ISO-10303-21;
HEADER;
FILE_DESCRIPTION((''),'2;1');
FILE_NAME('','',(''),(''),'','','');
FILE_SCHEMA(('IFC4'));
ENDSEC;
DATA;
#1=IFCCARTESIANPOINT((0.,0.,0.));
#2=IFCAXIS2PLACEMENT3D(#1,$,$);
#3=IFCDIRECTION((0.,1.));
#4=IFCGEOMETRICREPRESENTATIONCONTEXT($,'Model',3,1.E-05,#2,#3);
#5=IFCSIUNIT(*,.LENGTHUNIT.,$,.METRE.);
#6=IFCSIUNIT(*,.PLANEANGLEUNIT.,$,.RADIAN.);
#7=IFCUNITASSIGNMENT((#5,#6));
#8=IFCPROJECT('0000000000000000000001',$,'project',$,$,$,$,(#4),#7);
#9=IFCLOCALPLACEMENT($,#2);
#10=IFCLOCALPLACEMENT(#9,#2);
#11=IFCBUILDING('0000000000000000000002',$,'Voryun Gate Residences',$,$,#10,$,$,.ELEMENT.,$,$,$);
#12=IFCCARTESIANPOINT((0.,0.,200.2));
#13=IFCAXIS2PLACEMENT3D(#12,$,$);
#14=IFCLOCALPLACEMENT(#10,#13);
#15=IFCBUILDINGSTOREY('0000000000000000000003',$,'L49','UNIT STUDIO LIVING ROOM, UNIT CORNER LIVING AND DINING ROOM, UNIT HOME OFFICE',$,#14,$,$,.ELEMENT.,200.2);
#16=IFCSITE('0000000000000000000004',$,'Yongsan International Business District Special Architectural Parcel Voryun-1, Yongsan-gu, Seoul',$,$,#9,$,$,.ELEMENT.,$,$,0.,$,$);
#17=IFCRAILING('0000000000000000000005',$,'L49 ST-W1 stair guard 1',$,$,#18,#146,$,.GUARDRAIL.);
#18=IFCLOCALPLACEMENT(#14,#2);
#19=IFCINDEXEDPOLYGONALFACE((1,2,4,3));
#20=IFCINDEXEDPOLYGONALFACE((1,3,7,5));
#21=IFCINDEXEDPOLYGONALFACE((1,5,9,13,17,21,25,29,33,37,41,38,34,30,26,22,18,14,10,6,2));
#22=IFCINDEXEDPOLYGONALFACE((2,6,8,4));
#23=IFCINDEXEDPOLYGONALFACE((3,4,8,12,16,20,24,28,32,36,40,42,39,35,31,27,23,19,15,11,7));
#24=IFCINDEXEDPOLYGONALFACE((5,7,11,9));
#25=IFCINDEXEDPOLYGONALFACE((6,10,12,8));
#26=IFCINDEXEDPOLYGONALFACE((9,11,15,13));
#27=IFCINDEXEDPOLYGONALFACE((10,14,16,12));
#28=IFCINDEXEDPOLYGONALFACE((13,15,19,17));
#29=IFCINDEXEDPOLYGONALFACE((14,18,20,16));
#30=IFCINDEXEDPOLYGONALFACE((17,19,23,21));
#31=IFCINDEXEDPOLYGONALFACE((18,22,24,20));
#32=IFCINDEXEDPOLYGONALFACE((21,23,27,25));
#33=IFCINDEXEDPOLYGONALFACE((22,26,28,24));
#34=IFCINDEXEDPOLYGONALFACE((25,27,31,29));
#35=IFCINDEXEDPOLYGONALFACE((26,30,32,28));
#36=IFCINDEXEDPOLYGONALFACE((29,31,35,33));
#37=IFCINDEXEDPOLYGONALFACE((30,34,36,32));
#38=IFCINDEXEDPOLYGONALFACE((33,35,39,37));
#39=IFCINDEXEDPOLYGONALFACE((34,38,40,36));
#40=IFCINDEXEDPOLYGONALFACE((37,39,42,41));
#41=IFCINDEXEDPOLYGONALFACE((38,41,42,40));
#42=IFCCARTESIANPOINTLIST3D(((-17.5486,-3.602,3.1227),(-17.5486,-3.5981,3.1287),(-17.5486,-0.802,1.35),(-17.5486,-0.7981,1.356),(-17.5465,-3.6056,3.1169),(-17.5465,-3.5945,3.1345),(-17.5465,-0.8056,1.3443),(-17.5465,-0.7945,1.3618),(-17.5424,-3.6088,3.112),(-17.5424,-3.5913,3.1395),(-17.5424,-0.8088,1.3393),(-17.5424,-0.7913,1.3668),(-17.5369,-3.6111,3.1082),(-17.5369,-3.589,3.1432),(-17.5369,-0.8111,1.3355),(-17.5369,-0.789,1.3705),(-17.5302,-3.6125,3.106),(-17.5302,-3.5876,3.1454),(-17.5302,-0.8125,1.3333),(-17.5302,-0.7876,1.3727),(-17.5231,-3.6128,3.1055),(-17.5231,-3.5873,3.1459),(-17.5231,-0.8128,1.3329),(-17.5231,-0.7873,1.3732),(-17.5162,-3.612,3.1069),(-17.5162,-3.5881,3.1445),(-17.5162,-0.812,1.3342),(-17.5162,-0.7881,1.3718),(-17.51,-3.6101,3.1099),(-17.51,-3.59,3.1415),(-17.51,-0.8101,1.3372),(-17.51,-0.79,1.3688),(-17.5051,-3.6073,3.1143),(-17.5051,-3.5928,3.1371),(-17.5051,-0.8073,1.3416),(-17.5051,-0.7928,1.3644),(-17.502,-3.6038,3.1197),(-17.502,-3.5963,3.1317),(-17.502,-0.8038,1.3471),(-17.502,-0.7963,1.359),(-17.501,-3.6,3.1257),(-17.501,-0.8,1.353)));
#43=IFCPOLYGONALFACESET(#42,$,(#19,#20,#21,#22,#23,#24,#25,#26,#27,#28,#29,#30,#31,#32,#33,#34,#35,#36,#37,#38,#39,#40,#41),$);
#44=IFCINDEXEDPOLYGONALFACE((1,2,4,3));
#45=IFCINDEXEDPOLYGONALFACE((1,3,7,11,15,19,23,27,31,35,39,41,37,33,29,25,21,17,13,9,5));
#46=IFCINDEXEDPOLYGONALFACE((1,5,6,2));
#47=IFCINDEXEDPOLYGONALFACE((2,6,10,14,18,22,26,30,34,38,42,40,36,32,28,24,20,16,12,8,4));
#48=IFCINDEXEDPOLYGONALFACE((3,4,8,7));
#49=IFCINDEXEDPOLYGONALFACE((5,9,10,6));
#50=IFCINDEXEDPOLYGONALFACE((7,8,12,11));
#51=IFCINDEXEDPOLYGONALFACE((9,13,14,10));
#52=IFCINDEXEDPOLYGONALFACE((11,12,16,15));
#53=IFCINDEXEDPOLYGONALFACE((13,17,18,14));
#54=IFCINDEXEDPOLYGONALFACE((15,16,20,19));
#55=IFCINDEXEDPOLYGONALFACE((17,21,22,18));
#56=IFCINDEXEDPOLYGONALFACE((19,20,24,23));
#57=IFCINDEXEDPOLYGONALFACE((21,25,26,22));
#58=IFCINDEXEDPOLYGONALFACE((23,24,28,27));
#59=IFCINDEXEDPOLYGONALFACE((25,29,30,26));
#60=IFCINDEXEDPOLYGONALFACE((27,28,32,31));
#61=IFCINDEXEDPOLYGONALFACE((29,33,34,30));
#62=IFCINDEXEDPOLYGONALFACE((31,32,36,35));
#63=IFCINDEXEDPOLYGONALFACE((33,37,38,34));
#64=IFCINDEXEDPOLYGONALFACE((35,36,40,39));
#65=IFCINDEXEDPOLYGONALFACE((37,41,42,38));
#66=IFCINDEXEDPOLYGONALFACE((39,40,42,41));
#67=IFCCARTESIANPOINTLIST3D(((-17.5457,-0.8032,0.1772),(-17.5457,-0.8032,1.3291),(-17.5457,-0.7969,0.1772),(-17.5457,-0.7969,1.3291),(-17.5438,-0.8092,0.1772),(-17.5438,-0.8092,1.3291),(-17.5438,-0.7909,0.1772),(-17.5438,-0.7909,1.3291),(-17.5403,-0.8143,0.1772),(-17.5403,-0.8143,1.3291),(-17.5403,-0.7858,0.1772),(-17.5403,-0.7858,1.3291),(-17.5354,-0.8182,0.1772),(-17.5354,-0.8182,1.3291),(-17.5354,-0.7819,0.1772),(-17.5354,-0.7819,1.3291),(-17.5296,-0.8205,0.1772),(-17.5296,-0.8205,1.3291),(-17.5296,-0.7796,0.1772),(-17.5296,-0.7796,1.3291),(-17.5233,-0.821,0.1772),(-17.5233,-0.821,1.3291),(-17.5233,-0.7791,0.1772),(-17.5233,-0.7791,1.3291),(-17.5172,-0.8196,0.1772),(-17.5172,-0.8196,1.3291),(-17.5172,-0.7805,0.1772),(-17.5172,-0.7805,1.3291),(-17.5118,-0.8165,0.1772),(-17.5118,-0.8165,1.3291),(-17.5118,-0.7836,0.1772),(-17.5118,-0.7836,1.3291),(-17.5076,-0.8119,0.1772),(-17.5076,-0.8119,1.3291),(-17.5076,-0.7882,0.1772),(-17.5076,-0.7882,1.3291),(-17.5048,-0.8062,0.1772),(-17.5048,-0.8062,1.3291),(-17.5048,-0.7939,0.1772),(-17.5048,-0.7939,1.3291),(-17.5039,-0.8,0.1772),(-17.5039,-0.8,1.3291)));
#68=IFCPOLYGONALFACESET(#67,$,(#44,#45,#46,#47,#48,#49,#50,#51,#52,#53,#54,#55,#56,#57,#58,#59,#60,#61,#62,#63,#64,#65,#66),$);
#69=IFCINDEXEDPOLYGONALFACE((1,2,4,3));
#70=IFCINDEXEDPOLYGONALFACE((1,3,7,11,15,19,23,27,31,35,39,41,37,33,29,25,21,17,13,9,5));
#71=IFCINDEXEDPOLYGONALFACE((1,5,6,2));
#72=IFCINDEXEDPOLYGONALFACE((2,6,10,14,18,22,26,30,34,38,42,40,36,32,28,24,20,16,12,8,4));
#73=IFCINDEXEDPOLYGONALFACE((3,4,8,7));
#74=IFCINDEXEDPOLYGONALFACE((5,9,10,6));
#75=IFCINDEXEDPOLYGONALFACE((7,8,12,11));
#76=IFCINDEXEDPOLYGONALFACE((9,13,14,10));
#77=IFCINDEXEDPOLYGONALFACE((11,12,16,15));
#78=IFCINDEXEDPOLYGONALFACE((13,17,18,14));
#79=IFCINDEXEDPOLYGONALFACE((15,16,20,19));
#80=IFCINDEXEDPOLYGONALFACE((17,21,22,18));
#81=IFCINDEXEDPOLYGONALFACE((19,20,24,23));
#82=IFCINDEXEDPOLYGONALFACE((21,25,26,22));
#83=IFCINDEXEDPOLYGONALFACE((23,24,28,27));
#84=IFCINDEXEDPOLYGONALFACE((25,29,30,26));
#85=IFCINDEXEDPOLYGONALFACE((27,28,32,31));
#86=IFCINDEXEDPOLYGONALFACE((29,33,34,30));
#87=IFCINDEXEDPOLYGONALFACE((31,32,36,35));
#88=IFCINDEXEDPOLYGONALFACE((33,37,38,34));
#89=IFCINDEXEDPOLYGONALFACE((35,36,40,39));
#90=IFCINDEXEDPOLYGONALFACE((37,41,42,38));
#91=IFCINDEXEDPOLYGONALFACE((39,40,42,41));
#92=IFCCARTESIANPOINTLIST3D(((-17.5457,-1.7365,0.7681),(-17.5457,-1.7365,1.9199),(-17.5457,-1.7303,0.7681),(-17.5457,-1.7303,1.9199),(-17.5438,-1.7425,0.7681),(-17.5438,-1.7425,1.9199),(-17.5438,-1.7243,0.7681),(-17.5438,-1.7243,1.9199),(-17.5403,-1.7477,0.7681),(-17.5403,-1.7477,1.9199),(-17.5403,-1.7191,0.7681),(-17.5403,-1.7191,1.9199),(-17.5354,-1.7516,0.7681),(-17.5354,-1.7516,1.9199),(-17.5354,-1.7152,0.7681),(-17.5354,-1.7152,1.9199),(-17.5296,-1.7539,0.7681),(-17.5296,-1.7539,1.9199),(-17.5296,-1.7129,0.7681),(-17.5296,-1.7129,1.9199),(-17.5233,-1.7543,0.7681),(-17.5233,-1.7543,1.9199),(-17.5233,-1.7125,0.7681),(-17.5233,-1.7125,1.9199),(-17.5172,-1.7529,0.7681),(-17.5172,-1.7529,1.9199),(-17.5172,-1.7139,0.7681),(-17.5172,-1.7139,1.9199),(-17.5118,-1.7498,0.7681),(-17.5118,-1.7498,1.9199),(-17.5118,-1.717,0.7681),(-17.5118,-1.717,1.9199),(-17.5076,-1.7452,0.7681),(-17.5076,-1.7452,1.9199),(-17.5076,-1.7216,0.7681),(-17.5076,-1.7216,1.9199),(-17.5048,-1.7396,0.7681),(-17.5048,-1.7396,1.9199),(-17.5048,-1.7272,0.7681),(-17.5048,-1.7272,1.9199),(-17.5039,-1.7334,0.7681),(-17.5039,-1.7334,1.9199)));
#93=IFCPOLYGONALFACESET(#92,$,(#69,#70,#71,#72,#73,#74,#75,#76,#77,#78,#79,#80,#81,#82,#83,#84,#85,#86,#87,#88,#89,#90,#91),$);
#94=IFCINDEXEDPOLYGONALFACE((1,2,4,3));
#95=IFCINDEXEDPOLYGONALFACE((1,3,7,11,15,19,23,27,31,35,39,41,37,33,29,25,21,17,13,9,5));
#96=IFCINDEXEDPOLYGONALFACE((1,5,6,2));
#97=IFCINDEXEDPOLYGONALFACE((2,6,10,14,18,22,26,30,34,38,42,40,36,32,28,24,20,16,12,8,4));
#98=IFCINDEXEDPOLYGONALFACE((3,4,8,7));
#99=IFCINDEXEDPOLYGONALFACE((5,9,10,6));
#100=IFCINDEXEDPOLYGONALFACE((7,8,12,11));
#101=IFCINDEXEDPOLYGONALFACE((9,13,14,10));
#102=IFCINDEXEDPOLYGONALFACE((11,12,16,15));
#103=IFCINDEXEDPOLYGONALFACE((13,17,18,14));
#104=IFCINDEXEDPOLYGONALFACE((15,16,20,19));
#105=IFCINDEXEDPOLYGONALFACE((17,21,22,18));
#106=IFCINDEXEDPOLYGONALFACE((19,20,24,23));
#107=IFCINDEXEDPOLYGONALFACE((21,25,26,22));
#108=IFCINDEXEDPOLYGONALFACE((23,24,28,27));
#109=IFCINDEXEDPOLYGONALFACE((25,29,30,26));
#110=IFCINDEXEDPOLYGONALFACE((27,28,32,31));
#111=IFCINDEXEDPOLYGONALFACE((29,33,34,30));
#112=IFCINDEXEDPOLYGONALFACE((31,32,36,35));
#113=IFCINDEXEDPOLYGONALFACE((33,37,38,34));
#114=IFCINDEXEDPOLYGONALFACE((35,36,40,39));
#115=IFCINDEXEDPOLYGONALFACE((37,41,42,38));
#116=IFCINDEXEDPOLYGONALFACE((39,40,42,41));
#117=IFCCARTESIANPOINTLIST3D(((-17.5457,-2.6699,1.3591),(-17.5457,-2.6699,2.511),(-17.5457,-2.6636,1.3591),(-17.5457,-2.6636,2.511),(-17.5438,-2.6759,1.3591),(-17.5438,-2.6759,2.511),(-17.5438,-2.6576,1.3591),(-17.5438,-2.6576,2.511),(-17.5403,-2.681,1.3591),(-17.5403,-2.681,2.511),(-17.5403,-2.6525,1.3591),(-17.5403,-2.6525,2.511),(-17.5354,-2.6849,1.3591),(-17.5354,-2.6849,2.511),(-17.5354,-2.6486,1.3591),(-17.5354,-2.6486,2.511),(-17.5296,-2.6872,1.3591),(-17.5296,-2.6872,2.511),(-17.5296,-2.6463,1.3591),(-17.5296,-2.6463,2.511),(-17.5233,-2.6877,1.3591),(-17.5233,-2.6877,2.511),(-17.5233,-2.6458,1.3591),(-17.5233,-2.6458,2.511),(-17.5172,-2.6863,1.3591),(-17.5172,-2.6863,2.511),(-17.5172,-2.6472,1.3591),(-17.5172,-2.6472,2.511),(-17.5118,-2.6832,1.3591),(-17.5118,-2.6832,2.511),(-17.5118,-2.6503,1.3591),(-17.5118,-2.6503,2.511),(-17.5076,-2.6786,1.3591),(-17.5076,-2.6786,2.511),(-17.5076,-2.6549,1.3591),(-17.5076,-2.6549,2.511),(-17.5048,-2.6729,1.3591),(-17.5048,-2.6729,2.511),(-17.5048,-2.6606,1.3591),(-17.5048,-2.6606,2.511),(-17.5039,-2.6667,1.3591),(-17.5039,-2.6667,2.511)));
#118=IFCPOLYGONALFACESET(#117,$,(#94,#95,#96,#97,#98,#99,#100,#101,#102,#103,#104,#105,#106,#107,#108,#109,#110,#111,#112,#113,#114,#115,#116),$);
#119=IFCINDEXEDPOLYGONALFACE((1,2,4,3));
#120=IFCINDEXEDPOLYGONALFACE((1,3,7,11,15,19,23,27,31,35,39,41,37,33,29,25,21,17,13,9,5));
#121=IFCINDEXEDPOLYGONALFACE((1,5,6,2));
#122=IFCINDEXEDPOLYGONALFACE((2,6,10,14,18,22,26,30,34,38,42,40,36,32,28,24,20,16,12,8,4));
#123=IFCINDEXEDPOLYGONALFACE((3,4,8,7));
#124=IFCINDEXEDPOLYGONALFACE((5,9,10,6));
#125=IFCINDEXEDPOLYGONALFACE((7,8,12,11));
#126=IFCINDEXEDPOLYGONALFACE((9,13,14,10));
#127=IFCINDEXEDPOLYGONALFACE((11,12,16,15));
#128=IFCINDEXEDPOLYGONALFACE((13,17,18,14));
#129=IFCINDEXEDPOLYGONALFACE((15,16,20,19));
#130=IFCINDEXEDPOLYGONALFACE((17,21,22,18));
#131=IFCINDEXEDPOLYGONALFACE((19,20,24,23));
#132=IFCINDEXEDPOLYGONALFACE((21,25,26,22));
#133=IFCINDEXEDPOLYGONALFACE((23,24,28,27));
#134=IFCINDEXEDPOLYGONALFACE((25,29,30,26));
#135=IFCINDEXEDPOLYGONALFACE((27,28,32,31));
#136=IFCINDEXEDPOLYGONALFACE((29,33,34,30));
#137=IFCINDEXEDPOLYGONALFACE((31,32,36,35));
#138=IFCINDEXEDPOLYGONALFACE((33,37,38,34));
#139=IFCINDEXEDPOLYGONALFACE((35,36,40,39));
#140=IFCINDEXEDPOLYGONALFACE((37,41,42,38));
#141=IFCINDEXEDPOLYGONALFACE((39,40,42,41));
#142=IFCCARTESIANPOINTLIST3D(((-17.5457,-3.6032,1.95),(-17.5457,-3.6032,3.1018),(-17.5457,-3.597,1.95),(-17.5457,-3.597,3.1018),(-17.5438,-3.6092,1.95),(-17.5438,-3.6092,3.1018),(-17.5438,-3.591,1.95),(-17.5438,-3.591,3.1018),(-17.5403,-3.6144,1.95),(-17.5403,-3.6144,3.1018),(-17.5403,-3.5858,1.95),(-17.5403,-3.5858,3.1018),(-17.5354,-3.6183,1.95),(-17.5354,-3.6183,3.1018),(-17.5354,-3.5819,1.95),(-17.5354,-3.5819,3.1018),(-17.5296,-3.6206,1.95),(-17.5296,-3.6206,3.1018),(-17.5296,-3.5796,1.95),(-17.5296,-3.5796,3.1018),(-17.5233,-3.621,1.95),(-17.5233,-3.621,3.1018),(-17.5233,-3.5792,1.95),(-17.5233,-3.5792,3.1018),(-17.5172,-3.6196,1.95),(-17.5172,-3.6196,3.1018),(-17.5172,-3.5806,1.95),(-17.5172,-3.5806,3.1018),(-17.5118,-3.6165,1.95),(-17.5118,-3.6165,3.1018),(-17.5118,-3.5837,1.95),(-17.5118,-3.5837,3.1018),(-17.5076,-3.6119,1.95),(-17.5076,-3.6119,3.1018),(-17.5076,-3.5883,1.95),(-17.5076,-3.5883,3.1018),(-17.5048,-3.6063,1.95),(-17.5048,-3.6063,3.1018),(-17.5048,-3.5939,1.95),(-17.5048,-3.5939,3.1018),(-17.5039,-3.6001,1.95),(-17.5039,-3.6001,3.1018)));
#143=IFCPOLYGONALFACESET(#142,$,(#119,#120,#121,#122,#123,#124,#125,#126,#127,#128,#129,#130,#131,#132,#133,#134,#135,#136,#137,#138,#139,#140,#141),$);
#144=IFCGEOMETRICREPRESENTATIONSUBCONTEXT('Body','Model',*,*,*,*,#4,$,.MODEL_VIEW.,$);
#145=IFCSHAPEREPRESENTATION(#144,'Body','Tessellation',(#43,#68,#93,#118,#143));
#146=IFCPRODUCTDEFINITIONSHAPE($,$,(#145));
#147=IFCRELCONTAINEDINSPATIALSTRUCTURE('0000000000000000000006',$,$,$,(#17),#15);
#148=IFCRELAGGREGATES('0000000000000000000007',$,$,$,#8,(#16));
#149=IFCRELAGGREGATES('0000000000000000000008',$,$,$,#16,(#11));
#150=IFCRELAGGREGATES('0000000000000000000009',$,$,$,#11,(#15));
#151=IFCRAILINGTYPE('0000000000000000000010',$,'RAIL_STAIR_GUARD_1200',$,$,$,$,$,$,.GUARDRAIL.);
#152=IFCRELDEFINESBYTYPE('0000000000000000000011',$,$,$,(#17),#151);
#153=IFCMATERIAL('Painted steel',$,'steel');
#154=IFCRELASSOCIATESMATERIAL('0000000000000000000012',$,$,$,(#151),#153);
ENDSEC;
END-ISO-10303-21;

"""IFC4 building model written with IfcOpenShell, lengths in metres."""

from ifc_helpers import new_model, si_unit, direction, frame, origin, origin_2d, place, context, subcontext, project, spatial, circle, extrude, material, type_object, element, save


model = new_model("IFC4")

# Units and contexts
model_context = context("Model", 3, precision=1e-05, world=origin(), true_north=direction((0.0, 1.0)))
body_context = subcontext(model_context, "Body", "Model", "MODEL_VIEW")
ifc_project = project(units=[si_unit("LENGTHUNIT", "METRE"), si_unit("PLANEANGLEUNIT", "RADIAN")], contexts=[model_context])

# Site, building, storey
site_placement = place(None, origin())
site = spatial("IfcSite", under=ifc_project, at=site_placement, Name="Yongsan International Business District Special Architectural Parcel Voryun-1, Yongsan-gu, Seoul", CompositionType="ELEMENT", RefElevation=0.0)
building_placement = place(site_placement, origin())
building = spatial("IfcBuilding", under=site, at=building_placement, Name="Voryun Gate Residences", CompositionType="ELEMENT")
storey_placement = place(building_placement, frame((0.0, 0.0, 200.2)))
storey = spatial("IfcBuildingStorey", under=building, at=storey_placement, Name="L49", Description="UNIT STUDIO LIVING ROOM, UNIT CORNER LIVING AND DINING ROOM, UNIT HOME OFFICE", CompositionType="ELEMENT", Elevation=200.2)

# Railing
ifc_material_1 = material(Name="Painted steel", Category="steel")
railing_type_1 = type_object("IfcRailingType", Name="RAIL_STAIR_GUARD_1200", PredefinedType="GUARDRAIL", material=ifc_material_1)
railing_1_placement = place(storey_placement, frame((-17.5249, -0.8, 0.1772)))
element("IfcRailing", 1, at=railing_1_placement, inside=storey, type_object=railing_type_1, Name="L49 ST-W1 stair guard 1", PredefinedType="GUARDRAIL", context=body_context, shape_type="SweptSolid", body=[
    extrude(circle(Radius=0.0239, at=origin_2d()), frame((0.0, 0.0, 1.1758), z_axis=(0.0, -0.844909, 0.53491), x_axis=(1.0, 0.0, 0.0)), (0.0, 0.0, 1.0), 3.314),
    extrude(circle(Radius=0.021, at=origin_2d()), origin(), (0.0, 0.0, 1.0), 1.1519),
    extrude(circle(Radius=0.021, at=origin_2d()), frame((0.0, -0.9333, 0.5908)), (0.0, 0.0, 1.0), 1.1519),
    extrude(circle(Radius=0.021, at=origin_2d()), frame((0.0, -1.8667, 1.1819)), (0.0, 0.0, 1.0), 1.1519),
    extrude(circle(Radius=0.021, at=origin_2d()), frame((0.0, -2.8, 1.7727)), (0.0, 0.0, 1.0), 1.1519),
])

save(model, "model.ifc")
